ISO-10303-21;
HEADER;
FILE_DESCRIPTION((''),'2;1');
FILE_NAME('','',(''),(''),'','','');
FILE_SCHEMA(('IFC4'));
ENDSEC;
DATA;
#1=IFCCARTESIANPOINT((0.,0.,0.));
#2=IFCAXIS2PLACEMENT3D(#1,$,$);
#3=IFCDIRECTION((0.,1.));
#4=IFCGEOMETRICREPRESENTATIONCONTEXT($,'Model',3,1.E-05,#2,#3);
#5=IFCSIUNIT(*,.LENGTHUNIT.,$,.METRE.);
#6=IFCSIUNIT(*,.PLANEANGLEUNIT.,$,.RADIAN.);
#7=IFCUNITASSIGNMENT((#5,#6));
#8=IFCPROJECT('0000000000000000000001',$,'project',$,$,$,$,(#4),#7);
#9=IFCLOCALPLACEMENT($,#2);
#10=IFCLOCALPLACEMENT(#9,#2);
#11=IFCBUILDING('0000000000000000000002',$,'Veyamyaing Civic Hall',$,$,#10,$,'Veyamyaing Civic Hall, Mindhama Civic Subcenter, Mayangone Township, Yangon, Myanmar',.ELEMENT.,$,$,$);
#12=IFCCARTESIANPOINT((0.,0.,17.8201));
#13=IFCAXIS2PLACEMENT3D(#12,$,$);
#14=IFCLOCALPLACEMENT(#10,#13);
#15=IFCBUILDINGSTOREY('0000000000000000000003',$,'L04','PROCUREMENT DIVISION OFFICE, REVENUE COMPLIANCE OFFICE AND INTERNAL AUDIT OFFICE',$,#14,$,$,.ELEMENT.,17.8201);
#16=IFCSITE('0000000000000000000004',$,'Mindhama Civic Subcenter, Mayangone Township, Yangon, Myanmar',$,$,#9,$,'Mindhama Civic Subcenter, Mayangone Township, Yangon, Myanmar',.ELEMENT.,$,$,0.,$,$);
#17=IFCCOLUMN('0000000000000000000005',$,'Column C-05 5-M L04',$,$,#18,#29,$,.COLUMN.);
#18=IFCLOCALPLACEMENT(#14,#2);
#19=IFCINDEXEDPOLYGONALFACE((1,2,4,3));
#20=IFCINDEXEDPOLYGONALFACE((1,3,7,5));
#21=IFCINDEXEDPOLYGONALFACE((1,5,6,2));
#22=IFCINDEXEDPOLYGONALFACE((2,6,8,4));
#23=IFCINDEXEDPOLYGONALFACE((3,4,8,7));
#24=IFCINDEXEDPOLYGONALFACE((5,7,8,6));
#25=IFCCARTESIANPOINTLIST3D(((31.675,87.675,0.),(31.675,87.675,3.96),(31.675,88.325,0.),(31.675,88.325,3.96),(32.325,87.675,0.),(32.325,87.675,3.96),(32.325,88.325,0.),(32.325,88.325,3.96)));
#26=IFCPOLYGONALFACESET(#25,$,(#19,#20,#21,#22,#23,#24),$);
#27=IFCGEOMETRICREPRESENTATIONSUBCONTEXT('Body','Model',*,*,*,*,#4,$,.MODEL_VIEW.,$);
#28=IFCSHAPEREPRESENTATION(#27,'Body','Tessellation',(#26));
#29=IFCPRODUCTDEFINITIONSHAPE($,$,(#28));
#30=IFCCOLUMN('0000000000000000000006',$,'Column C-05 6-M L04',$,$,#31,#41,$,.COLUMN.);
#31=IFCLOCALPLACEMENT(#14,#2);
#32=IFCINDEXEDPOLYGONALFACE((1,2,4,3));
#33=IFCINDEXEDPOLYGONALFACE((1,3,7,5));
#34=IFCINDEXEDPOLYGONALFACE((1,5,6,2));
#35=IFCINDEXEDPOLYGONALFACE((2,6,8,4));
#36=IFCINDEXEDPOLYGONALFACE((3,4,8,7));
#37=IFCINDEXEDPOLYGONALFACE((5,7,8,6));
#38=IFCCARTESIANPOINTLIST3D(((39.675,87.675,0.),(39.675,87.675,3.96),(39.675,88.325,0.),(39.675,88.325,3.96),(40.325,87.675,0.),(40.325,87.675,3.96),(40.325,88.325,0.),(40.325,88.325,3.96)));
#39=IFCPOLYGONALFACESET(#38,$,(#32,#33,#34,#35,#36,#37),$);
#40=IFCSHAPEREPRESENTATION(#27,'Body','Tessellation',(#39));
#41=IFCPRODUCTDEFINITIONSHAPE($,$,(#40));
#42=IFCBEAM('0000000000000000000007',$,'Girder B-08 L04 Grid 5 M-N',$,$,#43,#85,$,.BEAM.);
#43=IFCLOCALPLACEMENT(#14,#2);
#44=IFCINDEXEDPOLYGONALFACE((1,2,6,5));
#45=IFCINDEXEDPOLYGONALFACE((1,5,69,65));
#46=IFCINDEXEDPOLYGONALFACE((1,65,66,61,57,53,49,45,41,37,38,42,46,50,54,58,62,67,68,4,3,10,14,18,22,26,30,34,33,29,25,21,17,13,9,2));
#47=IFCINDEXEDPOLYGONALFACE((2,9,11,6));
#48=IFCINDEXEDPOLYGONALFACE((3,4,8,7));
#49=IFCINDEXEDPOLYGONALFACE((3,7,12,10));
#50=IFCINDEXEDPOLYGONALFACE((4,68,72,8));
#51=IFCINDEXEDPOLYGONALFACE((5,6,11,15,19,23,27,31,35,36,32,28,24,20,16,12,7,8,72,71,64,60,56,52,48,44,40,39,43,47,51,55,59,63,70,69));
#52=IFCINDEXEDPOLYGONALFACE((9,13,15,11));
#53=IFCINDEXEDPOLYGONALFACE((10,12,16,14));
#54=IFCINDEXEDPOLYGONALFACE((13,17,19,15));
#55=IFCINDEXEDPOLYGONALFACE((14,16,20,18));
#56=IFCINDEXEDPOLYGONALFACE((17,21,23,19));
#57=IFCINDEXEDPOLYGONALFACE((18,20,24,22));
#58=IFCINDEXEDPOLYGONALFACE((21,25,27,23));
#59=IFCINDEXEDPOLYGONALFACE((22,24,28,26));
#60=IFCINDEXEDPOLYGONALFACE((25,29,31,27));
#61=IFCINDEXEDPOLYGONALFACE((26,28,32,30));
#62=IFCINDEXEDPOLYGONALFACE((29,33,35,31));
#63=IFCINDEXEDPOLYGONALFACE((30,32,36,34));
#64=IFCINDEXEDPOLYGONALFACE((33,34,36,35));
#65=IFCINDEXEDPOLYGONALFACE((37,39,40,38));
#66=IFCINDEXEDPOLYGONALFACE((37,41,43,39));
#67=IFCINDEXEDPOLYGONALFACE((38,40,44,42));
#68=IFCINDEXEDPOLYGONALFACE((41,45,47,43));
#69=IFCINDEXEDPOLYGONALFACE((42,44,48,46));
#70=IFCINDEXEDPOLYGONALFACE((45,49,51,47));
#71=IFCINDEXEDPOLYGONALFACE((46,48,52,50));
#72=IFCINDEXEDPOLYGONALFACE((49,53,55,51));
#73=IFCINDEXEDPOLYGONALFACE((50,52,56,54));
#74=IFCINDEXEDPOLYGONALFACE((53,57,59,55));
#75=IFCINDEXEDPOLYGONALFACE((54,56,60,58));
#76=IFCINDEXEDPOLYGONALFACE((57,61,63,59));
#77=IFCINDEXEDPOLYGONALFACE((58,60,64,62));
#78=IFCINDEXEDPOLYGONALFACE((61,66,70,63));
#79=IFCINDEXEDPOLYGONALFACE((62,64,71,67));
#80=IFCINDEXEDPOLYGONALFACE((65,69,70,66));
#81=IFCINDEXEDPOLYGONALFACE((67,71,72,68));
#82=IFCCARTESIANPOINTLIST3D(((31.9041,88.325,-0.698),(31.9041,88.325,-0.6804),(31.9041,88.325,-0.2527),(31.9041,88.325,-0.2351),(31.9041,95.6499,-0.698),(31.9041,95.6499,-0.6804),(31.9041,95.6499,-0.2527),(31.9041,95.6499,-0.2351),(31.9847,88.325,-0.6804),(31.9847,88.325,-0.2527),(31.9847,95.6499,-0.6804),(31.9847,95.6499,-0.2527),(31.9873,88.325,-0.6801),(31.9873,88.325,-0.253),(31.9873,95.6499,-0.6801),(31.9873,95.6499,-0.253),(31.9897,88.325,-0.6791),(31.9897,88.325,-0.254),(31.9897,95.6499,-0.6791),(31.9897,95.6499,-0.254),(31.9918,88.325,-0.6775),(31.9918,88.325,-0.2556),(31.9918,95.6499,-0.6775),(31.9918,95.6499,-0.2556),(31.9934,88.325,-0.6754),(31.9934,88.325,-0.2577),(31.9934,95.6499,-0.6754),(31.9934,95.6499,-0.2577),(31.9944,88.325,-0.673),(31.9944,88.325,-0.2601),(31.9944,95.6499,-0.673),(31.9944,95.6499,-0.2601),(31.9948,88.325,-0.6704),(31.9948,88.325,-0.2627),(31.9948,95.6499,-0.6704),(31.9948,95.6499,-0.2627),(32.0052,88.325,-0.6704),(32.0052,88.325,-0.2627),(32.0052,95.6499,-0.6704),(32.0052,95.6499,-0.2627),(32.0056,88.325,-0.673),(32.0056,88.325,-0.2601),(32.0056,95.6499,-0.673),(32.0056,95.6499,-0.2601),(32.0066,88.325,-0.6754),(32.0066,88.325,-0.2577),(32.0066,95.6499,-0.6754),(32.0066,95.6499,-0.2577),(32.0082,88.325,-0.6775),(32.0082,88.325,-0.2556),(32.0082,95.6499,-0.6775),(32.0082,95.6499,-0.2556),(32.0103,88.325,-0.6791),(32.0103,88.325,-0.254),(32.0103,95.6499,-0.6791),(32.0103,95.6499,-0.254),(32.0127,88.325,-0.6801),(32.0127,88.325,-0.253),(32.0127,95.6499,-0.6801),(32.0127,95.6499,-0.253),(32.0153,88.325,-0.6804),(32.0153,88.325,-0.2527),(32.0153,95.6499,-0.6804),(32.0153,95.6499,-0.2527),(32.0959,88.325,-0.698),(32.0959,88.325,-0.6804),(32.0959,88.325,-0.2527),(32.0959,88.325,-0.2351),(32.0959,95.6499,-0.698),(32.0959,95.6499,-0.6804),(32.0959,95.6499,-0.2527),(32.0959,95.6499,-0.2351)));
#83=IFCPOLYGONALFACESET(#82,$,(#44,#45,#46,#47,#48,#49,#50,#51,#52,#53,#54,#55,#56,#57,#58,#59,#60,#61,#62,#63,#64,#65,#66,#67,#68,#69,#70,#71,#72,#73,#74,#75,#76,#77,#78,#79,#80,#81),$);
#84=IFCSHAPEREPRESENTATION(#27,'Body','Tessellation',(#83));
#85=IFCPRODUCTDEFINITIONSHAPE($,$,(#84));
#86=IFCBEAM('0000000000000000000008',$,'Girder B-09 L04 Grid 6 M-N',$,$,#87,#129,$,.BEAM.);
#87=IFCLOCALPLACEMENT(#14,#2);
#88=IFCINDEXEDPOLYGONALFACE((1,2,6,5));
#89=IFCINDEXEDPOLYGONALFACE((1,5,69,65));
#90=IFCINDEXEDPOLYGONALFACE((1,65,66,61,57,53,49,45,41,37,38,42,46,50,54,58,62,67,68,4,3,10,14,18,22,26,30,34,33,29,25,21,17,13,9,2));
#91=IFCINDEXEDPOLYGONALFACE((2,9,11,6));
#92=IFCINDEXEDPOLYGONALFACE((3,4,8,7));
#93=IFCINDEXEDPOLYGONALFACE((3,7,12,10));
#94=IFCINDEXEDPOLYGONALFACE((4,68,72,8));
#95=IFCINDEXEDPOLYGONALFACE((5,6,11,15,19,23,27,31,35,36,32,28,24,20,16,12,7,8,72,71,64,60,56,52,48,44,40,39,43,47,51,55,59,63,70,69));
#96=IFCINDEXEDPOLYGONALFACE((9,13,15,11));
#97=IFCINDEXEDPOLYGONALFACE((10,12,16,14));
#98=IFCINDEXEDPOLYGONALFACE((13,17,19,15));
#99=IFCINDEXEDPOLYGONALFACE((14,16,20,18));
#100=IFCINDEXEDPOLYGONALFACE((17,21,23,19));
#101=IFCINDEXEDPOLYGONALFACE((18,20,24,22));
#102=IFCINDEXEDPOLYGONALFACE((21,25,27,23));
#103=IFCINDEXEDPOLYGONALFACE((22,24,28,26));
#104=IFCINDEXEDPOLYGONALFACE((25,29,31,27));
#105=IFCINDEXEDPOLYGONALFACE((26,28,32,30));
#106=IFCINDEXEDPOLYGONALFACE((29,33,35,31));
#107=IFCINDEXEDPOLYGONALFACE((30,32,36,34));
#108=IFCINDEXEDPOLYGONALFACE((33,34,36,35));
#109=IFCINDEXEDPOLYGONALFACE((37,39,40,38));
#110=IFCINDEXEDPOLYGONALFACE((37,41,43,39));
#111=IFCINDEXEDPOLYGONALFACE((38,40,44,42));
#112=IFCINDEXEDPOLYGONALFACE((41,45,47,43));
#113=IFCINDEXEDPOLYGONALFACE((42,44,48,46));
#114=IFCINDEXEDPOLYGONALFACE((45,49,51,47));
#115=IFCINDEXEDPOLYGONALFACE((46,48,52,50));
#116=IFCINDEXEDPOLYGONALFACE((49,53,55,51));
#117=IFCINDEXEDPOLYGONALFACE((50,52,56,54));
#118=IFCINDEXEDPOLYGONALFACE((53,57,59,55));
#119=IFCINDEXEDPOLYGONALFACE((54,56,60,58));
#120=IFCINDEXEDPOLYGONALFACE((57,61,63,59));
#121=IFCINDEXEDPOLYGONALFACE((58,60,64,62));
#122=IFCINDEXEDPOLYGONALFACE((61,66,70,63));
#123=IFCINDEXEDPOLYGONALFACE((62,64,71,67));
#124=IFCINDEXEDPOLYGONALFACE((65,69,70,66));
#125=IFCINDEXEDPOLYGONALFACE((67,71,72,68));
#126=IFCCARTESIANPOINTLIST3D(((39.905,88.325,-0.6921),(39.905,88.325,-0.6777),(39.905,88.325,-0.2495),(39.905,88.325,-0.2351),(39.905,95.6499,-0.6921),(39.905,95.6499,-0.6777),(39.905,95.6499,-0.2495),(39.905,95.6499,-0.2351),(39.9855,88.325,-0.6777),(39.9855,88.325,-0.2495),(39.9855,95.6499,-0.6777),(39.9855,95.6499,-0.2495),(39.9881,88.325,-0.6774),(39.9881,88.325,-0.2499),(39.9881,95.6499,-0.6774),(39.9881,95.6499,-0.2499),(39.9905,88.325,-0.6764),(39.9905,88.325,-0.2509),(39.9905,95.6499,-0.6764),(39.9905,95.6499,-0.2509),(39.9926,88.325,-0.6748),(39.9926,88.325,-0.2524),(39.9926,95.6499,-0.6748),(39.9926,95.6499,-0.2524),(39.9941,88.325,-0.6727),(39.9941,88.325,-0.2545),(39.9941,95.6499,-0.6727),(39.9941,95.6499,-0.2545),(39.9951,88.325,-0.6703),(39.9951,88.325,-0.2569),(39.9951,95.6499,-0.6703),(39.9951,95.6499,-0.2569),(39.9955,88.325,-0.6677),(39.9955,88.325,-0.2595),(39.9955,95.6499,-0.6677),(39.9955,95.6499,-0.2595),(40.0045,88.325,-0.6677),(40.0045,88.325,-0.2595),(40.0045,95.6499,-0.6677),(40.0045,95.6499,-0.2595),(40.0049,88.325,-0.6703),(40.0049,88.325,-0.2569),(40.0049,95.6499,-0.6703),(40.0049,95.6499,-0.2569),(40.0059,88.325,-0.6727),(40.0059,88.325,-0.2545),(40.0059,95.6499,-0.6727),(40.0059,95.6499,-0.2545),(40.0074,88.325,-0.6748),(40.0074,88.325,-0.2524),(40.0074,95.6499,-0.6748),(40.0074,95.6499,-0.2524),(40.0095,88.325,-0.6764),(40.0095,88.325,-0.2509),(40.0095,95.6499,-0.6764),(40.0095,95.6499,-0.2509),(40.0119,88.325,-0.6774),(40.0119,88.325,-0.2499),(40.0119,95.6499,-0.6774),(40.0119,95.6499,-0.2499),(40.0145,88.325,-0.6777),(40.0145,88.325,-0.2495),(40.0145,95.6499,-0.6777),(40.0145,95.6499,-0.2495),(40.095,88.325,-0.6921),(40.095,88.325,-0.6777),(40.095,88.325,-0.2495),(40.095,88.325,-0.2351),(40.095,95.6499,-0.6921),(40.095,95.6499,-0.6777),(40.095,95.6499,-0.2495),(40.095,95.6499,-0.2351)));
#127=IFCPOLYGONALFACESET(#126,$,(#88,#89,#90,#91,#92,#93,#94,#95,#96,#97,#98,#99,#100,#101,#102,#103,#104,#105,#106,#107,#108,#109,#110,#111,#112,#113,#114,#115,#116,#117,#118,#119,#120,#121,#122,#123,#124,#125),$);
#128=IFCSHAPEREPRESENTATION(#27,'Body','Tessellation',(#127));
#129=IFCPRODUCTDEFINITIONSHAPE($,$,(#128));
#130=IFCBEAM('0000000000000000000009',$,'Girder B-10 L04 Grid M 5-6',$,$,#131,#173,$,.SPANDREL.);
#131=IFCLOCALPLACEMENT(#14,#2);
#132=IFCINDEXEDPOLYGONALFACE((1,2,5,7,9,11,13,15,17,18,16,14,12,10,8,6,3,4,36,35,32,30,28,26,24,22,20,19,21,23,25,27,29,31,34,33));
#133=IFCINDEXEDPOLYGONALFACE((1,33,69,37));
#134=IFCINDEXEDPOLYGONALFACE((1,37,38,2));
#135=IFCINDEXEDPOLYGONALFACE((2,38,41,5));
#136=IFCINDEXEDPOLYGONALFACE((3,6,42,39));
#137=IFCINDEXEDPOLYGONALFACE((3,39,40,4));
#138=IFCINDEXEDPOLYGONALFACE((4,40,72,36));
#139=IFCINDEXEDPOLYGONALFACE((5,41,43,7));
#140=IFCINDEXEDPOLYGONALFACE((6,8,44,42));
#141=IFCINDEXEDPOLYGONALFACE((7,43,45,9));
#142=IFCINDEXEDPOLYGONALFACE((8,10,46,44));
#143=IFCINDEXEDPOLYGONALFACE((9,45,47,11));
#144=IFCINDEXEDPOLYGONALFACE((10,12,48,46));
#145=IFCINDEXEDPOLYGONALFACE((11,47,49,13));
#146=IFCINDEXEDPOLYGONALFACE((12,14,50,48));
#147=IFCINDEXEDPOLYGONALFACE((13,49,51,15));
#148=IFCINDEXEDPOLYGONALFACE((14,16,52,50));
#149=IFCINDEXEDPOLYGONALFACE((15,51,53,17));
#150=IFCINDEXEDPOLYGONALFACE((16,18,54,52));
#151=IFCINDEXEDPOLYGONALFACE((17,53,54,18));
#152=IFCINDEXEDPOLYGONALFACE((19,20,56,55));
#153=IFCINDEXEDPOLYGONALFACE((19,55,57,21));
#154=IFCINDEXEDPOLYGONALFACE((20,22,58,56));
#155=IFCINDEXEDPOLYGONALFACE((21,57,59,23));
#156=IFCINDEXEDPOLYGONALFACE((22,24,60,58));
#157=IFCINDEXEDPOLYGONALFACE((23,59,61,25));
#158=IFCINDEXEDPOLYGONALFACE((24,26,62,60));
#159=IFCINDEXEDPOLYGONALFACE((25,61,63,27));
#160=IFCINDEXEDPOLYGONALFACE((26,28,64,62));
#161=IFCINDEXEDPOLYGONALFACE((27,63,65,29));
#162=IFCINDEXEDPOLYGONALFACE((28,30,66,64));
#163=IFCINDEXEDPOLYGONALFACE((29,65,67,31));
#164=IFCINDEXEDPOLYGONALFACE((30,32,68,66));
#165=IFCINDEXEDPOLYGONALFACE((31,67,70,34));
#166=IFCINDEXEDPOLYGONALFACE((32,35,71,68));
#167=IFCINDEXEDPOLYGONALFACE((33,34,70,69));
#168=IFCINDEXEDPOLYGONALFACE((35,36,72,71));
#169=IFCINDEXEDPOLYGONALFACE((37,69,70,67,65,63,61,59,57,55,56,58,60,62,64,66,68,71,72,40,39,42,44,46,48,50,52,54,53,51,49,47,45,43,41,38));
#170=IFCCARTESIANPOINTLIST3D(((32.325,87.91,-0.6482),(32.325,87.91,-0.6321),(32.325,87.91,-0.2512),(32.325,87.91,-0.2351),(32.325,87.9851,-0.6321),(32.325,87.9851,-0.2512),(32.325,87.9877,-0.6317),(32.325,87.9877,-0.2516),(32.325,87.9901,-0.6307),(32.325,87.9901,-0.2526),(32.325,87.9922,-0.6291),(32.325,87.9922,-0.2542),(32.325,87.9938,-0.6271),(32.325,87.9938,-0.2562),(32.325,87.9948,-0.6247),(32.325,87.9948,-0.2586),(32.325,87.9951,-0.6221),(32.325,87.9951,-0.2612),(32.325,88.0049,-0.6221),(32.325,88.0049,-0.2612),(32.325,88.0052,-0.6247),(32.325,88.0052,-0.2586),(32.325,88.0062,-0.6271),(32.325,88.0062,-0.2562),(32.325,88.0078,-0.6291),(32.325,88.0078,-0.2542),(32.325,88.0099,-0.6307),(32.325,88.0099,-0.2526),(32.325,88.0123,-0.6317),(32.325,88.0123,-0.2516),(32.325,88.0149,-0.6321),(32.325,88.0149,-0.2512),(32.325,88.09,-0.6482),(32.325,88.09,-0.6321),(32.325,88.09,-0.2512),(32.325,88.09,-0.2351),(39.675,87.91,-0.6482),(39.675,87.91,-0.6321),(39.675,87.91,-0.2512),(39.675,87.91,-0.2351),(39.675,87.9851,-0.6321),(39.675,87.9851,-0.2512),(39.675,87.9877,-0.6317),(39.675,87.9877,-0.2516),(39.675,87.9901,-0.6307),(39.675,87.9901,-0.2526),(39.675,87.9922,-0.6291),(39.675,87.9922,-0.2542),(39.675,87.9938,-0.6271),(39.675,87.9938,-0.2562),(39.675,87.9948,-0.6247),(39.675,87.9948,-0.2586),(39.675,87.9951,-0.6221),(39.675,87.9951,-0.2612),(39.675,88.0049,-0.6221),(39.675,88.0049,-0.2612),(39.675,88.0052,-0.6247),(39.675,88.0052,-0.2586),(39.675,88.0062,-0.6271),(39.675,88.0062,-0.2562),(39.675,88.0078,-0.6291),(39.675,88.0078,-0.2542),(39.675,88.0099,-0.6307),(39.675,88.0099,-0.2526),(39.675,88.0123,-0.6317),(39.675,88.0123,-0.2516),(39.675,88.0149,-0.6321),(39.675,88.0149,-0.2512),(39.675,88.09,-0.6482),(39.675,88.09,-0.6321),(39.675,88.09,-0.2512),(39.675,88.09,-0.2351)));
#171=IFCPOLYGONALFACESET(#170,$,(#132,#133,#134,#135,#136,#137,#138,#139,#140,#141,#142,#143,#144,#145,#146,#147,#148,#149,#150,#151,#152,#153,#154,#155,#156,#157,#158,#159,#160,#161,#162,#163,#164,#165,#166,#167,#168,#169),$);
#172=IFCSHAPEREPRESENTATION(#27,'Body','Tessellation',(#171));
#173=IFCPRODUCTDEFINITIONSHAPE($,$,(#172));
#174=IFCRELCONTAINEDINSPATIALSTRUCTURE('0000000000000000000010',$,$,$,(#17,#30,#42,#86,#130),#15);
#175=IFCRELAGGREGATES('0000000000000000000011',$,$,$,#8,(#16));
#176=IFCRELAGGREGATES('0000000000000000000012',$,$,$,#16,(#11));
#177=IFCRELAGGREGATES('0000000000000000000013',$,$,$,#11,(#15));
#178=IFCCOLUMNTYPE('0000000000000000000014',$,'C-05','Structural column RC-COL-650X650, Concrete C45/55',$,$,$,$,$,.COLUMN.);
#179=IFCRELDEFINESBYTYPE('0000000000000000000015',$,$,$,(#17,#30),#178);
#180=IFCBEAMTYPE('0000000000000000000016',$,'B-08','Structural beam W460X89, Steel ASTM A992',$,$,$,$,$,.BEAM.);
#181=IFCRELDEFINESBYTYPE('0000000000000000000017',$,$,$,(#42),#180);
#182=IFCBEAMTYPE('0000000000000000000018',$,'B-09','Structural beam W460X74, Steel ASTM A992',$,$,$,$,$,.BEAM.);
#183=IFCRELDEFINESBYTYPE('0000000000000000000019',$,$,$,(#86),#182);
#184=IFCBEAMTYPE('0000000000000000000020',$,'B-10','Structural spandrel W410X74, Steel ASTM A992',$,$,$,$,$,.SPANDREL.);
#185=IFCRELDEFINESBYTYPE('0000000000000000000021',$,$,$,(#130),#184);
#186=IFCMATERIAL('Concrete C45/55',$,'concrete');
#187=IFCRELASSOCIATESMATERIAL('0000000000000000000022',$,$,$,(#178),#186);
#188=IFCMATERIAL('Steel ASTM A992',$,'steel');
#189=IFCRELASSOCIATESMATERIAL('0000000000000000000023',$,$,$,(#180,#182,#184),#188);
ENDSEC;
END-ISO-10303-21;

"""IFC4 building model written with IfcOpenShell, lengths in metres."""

from ifc_helpers import new_model, si_unit, direction, frame, origin, origin_2d, place, context, subcontext, project, spatial, rectangle, i_section, extrude, material, material_profile, profile_set, type_object, element, save


model = new_model("IFC4")

# Units and contexts
model_context = context("Model", 3, precision=1e-05, world=origin(), true_north=direction((0.0, 1.0)))
body_context = subcontext(model_context, "Body", "Model", "MODEL_VIEW")
ifc_project = project(units=[si_unit("LENGTHUNIT", "METRE"), si_unit("PLANEANGLEUNIT", "RADIAN")], contexts=[model_context])

# Site, building, storey
site_placement = place(None, origin())
site = spatial("IfcSite", under=ifc_project, at=site_placement, Name="Mindhama Civic Subcenter, Mayangone Township, Yangon, Myanmar", LongName="Mindhama Civic Subcenter, Mayangone Township, Yangon, Myanmar", CompositionType="ELEMENT", RefElevation=0.0)
building_placement = place(site_placement, origin())
building = spatial("IfcBuilding", under=site, at=building_placement, Name="Veyamyaing Civic Hall", LongName="Veyamyaing Civic Hall, Mindhama Civic Subcenter, Mayangone Township, Yangon, Myanmar", CompositionType="ELEMENT")
storey_placement = place(building_placement, frame((0.0, 0.0, 17.8201)))
storey = spatial("IfcBuildingStorey", under=building, at=storey_placement, Name="L04", Description="PROCUREMENT DIVISION OFFICE, REVENUE COMPLIANCE OFFICE AND INTERNAL AUDIT OFFICE", CompositionType="ELEMENT", Elevation=17.8201)

# Columns
ifc_material_1 = material(Name="Concrete C45/55", Category="concrete")
ifc_material_profile_1 = material_profile(ifc_material_1, rectangle(XDim=0.6499, YDim=0.6499, at=origin_2d()), Name="RC-COL-650X650")
ifc_profile_set_1 = profile_set([ifc_material_profile_1], Name="Concrete C45/55")
column_type = type_object("IfcColumnType", Name="C-05", Description="Structural column RC-COL-650X650, Concrete C45/55", PredefinedType="COLUMN", material=ifc_profile_set_1)
for number, where, z_axis, x_axis, name in (
    (1, (32.0, 88.0, 0.0), (0.0, 0.0, 1.0), (1.0, 0.0, 0.0), "Column C-05 5-M L04"),
    (2, (40.0, 88.0, 0.0), (0.0, 0.0, 1.0), (1.0, 0.0, 0.0), "Column C-05 6-M L04"),
):
    element("IfcColumn", number, at=place(storey_placement, frame(where, z_axis=z_axis, x_axis=x_axis)), inside=storey, type_object=column_type, Name=name, PredefinedType="COLUMN", context=body_context, shape_type="SweptSolid", body=[
        extrude(rectangle(XDim=0.6499, YDim=0.6499, at=origin_2d()), origin(), (0.0, 0.0, 1.0), 3.96),
    ])

# Beams
ifc_material_2 = material(Name="Steel ASTM A992", Category="steel")
ifc_material_profile_2 = material_profile(ifc_material_2, i_section(OverallWidth=0.1919, OverallDepth=0.4629, WebThickness=0.0105, FlangeThickness=0.0176, FilletRadius=0.01, at=origin_2d()), Name="W460X89")
ifc_profile_set_2 = profile_set([ifc_material_profile_2], Name="Steel ASTM A992")
beam_type_1 = type_object("IfcBeamType", Name="B-08", Description="Structural beam W460X89, Steel ASTM A992", PredefinedType="BEAM", material=ifc_profile_set_2)
beam_1_placement = place(storey_placement, frame((32.0, 88.325, -0.4666), z_axis=(0.0, 1.0, 0.0), x_axis=(-1.0, 0.0, 0.0)))
element("IfcBeam", 3, at=beam_1_placement, inside=storey, type_object=beam_type_1, Name="Girder B-08 L04 Grid 5 M-N", PredefinedType="BEAM", context=body_context, shape_type="SweptSolid", body=[
    extrude(i_section(OverallWidth=0.1919, OverallDepth=0.4629, WebThickness=0.0105, FlangeThickness=0.0176, FilletRadius=0.01, at=origin_2d()), origin(), (0.0, 0.0, 1.0), 7.325),
])
ifc_material_profile_3 = material_profile(ifc_material_2, i_section(OverallWidth=0.1899, OverallDepth=0.457, WebThickness=0.009, FlangeThickness=0.0144, FilletRadius=0.01, at=origin_2d()), Name="W460X74")
ifc_profile_set_3 = profile_set([ifc_material_profile_3], Name="Steel ASTM A992")
beam_type_2 = type_object("IfcBeamType", Name="B-09", Description="Structural beam W460X74, Steel ASTM A992", PredefinedType="BEAM", material=ifc_profile_set_3)
beam_2_placement = place(storey_placement, frame((40.0, 88.325, -0.4636), z_axis=(0.0, 1.0, 0.0), x_axis=(-1.0, 0.0, 0.0)))
element("IfcBeam", 4, at=beam_2_placement, inside=storey, type_object=beam_type_2, Name="Girder B-09 L04 Grid 6 M-N", PredefinedType="BEAM", context=body_context, shape_type="SweptSolid", body=[
    extrude(i_section(OverallWidth=0.1899, OverallDepth=0.457, WebThickness=0.009, FlangeThickness=0.0144, FilletRadius=0.01, at=origin_2d()), origin(), (0.0, 0.0, 1.0), 7.325),
])
ifc_material_profile_4 = material_profile(ifc_material_2, i_section(OverallWidth=0.1799, OverallDepth=0.4131, WebThickness=0.0098, FlangeThickness=0.0161, FilletRadius=0.01, at=origin_2d()), Name="W410X74")
ifc_profile_set_4 = profile_set([ifc_material_profile_4], Name="Steel ASTM A992")
beam_type_3 = type_object("IfcBeamType", Name="B-10", Description="Structural spandrel W410X74, Steel ASTM A992", PredefinedType="SPANDREL", material=ifc_profile_set_4)
beam_3_placement = place(storey_placement, frame((32.325, 88.0, -0.4417), z_axis=(1.0, 0.0, 0.0), x_axis=(0.0, 1.0, 0.0)))
element("IfcBeam", 5, at=beam_3_placement, inside=storey, type_object=beam_type_3, Name="Girder B-10 L04 Grid M 5-6", PredefinedType="SPANDREL", context=body_context, shape_type="SweptSolid", body=[
    extrude(i_section(OverallWidth=0.1799, OverallDepth=0.4131, WebThickness=0.0098, FlangeThickness=0.0161, FilletRadius=0.01, at=origin_2d()), origin(), (0.0, 0.0, 1.0), 7.3501),
])

save(model, "model.ifc")
